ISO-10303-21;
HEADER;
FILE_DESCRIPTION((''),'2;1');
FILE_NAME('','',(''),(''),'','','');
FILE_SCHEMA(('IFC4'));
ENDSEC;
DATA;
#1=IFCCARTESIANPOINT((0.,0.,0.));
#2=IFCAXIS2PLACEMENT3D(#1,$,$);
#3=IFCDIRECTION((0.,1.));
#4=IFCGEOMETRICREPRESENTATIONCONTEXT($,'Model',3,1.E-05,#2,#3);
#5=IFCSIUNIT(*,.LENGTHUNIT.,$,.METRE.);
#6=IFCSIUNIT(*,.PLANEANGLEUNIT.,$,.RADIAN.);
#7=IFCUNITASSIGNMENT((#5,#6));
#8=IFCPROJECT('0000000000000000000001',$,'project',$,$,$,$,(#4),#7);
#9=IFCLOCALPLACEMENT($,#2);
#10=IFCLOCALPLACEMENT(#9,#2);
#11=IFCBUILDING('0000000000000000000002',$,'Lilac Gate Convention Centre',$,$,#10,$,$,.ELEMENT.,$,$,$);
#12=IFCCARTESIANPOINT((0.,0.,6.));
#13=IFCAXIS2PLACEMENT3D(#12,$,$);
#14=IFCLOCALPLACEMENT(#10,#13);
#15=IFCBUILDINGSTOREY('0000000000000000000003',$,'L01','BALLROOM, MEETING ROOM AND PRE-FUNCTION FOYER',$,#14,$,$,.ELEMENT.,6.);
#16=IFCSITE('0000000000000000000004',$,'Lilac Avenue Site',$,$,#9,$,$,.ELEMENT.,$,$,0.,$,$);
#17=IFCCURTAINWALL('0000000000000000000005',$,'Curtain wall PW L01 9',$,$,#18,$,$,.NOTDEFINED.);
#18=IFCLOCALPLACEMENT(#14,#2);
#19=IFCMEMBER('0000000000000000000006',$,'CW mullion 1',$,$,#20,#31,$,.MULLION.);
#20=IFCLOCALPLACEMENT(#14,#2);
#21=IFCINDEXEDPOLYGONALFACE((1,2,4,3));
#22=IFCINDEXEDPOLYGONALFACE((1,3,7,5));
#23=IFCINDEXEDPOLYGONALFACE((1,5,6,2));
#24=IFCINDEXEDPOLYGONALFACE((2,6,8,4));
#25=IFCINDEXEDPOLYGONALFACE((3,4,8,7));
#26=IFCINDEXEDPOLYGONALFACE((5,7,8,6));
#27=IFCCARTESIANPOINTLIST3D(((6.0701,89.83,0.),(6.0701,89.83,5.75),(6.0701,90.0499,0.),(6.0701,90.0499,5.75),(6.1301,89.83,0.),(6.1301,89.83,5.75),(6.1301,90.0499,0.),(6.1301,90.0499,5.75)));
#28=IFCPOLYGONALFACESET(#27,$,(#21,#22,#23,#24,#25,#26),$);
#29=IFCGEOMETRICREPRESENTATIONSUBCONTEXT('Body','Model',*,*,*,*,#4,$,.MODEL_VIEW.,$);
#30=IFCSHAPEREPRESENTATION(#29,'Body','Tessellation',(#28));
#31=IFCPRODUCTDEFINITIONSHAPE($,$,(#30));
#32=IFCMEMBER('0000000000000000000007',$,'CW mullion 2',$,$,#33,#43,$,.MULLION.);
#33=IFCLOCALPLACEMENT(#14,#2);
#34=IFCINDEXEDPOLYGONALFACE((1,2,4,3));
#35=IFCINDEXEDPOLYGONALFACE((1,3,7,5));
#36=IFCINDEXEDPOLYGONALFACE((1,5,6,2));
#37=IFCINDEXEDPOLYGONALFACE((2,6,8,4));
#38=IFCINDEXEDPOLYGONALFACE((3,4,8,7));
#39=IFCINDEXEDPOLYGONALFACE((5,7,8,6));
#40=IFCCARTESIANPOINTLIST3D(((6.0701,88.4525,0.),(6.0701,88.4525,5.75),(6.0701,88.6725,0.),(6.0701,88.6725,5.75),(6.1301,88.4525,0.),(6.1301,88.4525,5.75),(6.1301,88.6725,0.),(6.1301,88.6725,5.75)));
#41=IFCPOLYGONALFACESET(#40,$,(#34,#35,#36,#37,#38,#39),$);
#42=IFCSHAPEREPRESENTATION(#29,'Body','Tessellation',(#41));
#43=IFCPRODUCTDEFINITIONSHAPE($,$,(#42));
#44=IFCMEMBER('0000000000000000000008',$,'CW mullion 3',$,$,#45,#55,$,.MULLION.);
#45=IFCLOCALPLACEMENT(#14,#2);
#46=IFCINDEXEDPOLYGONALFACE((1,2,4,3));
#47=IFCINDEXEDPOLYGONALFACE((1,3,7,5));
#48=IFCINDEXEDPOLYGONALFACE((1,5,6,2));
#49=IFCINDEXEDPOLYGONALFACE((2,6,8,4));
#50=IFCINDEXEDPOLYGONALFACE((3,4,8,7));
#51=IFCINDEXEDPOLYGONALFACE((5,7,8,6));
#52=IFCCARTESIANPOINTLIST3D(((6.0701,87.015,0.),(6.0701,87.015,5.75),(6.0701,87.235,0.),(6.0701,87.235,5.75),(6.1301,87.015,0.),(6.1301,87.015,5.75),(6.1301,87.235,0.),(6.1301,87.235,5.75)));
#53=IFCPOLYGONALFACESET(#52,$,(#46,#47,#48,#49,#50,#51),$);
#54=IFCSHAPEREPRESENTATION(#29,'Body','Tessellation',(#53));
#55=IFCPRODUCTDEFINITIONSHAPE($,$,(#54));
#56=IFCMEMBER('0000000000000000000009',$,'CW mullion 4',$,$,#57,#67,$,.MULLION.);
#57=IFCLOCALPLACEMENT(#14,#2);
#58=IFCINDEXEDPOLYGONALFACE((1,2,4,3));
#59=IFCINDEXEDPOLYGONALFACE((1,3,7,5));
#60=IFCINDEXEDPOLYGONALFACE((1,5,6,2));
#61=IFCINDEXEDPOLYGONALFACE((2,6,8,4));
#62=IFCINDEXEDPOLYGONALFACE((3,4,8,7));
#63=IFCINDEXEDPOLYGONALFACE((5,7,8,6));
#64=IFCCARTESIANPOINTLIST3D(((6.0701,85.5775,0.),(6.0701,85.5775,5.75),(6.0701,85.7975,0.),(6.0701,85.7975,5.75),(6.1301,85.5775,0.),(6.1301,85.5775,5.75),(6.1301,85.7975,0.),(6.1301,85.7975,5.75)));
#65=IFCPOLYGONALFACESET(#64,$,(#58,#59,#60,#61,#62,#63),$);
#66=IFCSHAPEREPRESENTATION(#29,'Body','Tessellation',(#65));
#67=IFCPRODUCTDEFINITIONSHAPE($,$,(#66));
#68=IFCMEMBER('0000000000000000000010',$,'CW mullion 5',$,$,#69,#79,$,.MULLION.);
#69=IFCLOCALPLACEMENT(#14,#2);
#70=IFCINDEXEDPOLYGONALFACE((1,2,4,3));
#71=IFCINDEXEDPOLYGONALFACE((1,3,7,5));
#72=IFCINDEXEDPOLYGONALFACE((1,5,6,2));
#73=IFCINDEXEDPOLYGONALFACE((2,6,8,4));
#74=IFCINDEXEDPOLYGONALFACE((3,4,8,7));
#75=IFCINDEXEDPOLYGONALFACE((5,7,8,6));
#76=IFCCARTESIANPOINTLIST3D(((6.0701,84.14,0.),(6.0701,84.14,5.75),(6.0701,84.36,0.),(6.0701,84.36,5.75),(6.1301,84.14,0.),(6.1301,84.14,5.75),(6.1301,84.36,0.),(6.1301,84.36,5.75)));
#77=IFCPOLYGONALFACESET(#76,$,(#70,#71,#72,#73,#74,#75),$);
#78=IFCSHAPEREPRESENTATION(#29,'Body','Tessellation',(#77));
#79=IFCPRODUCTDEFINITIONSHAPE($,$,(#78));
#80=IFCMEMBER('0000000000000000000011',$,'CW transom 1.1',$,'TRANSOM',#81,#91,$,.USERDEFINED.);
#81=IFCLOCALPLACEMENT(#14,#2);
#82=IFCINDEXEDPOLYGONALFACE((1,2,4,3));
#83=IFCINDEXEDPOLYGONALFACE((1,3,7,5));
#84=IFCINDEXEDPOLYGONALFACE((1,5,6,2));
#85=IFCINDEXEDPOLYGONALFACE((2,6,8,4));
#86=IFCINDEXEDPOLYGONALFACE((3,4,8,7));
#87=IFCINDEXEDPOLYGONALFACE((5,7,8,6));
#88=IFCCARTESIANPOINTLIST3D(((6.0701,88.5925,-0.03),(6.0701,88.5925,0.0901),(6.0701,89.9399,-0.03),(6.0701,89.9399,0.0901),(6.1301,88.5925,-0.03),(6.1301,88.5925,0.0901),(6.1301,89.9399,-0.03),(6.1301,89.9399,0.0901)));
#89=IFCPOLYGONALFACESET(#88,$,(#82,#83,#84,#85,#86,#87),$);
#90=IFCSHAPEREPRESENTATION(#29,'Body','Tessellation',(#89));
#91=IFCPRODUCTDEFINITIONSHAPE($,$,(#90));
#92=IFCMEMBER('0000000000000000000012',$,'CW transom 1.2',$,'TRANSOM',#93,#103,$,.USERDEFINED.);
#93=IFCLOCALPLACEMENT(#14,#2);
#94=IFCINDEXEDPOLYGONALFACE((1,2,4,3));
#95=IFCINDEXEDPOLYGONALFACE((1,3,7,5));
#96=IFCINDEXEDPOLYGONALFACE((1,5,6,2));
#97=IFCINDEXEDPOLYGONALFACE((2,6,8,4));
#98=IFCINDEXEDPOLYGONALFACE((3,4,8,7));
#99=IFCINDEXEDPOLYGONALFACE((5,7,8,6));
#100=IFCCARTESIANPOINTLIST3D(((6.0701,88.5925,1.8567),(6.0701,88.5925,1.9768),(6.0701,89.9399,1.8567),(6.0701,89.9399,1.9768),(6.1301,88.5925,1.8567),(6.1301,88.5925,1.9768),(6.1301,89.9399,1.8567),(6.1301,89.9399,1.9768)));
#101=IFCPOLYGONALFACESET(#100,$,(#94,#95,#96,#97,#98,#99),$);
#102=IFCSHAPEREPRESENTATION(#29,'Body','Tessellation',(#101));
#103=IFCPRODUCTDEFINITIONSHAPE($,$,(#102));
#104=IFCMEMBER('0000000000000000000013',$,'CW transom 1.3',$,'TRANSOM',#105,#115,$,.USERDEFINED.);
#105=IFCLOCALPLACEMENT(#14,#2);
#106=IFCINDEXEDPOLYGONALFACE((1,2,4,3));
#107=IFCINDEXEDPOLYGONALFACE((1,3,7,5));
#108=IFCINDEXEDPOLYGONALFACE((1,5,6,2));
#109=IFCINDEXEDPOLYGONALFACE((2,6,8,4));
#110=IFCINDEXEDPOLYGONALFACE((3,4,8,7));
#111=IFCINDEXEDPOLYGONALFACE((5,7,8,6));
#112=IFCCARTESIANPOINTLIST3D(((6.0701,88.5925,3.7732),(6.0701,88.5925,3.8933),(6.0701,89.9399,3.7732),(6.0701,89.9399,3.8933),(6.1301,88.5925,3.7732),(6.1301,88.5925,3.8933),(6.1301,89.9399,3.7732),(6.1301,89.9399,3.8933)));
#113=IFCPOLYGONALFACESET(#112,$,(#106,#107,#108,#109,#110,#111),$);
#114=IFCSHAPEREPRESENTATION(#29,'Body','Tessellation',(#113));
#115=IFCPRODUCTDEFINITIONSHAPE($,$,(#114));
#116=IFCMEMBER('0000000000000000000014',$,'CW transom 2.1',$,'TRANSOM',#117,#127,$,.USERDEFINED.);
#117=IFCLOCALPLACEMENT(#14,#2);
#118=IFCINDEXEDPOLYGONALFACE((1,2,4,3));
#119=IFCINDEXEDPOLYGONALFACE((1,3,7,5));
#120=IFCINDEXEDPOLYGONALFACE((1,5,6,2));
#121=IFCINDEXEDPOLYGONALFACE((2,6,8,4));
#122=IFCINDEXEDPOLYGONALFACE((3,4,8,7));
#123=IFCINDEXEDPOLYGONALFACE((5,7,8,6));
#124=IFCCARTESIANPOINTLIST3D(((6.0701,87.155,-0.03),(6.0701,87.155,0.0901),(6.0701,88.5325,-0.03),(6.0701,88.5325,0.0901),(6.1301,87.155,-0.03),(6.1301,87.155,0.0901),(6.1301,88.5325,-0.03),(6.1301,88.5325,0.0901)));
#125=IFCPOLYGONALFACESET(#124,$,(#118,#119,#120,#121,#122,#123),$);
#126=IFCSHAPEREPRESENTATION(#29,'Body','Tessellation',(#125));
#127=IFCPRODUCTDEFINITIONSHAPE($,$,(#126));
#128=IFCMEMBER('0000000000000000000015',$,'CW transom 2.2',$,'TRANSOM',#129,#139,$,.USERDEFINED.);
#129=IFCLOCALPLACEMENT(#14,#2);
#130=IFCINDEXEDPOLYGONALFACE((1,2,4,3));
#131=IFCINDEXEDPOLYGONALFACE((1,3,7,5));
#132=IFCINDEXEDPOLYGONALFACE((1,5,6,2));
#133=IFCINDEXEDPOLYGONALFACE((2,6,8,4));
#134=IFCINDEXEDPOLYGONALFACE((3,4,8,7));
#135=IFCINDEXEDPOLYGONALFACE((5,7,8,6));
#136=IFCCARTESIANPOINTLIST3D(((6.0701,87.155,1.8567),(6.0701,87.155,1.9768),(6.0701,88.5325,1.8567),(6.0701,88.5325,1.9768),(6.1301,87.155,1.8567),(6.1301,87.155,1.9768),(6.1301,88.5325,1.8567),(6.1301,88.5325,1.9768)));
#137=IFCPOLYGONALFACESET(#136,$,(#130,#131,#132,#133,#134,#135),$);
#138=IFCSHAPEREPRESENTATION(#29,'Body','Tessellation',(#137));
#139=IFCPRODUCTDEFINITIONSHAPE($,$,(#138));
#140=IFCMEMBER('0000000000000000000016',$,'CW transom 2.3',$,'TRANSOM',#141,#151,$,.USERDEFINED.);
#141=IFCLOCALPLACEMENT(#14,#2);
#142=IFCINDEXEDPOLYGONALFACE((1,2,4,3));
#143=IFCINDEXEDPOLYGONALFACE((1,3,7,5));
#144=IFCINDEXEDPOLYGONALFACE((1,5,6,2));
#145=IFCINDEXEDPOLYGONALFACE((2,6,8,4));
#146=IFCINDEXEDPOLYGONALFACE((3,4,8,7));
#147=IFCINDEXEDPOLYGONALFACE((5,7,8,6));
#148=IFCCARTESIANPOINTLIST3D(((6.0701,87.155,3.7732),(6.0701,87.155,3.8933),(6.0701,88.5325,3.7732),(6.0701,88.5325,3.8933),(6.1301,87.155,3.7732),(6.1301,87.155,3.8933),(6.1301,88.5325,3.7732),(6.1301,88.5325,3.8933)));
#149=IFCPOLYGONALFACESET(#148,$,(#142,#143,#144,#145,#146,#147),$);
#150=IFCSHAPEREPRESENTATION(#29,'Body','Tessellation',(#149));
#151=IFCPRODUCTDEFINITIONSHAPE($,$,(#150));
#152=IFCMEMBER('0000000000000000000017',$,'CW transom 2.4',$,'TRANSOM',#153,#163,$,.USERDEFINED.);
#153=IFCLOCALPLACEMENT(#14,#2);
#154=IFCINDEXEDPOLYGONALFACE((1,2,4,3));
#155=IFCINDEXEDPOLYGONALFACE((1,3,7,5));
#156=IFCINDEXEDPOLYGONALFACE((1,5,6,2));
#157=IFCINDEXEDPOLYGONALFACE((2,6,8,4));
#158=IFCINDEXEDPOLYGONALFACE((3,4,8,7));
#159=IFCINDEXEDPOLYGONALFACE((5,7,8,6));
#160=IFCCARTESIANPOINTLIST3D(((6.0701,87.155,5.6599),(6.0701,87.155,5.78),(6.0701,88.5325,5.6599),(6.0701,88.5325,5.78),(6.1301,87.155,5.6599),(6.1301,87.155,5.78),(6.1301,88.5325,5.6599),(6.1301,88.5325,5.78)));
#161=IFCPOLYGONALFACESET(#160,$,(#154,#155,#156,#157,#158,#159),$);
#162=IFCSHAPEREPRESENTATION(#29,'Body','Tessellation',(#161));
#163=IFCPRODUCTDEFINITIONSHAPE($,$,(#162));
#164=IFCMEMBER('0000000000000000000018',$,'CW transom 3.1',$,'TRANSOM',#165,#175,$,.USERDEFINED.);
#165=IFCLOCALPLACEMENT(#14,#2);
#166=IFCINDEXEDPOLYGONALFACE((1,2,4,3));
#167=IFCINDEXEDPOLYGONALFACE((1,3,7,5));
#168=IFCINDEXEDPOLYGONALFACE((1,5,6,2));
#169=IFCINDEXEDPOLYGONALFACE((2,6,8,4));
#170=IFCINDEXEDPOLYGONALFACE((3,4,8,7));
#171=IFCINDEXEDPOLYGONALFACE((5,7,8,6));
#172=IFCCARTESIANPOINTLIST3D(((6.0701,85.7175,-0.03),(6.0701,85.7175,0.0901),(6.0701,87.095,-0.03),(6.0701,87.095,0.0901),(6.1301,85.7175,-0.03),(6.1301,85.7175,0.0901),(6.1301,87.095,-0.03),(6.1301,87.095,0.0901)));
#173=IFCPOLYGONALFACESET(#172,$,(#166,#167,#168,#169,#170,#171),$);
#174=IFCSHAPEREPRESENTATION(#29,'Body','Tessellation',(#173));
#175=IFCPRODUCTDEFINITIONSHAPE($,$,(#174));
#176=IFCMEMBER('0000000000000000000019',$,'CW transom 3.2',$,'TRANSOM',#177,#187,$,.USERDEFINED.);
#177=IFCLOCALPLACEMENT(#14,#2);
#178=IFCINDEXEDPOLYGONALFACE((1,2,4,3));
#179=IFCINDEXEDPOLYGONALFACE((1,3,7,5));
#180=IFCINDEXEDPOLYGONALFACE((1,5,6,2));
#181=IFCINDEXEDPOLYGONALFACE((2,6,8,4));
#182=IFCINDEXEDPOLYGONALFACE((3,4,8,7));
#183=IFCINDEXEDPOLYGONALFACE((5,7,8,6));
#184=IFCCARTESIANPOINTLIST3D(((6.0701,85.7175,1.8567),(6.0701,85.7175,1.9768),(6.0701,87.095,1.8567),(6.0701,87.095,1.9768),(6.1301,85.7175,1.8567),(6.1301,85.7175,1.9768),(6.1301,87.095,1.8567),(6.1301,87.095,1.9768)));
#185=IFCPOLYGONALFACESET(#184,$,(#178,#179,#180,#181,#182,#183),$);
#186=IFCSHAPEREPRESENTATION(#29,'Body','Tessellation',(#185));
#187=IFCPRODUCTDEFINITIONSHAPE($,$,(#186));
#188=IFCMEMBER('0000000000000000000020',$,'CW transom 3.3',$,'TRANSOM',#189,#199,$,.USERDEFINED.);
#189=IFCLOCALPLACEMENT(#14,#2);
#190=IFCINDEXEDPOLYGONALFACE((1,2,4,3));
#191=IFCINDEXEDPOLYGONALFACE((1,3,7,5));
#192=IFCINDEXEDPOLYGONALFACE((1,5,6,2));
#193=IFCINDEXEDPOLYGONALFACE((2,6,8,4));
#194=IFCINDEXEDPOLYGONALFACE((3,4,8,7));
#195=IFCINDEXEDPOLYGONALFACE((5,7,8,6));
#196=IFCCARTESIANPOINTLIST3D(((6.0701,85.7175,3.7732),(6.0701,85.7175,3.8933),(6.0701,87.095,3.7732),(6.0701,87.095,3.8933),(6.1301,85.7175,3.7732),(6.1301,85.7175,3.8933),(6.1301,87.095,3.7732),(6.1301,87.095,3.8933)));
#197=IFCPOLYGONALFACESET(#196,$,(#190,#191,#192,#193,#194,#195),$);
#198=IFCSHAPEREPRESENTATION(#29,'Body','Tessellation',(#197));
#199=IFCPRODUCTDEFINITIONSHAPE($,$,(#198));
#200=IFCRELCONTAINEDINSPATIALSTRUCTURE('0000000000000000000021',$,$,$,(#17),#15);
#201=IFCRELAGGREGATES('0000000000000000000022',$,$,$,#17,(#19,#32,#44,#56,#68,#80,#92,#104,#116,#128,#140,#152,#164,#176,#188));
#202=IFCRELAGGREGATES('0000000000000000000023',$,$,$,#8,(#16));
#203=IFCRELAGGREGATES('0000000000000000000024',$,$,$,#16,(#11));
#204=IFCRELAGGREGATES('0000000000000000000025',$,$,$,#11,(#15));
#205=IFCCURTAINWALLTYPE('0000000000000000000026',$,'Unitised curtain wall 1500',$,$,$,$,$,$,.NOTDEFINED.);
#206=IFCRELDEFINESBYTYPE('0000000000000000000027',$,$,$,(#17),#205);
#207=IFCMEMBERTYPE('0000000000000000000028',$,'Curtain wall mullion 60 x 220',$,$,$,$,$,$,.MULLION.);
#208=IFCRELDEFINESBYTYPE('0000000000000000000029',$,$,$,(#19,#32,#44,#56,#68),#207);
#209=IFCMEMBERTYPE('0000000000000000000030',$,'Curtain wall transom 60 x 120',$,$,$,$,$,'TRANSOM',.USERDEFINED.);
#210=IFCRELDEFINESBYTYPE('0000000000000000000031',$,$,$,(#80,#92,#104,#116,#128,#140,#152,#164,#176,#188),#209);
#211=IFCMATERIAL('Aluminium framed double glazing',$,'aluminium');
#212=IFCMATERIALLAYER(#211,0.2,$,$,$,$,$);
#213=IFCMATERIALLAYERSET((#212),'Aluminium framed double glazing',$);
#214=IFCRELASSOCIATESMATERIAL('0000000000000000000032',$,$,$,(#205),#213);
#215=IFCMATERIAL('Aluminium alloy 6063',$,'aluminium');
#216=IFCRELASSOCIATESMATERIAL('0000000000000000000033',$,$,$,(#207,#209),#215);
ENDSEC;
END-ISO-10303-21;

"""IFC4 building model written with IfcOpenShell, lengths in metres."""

from ifc_helpers import new_model, si_unit, direction, frame, origin, origin_2d, place, context, subcontext, project, spatial, rectangle, extrude, material, layer, layer_set, material_profile, profile_set, type_object, element, aggregate, save


model = new_model("IFC4")

# Units and contexts
model_context = context("Model", 3, precision=1e-05, world=origin(), true_north=direction((0.0, 1.0)))
body_context = subcontext(model_context, "Body", "Model", "MODEL_VIEW")
ifc_project = project(units=[si_unit("LENGTHUNIT", "METRE"), si_unit("PLANEANGLEUNIT", "RADIAN")], contexts=[model_context])

# Site, building, storey
site_placement = place(None, origin())
site = spatial("IfcSite", under=ifc_project, at=site_placement, Name="Lilac Avenue Site", CompositionType="ELEMENT", RefElevation=0.0)
building_placement = place(site_placement, origin())
building = spatial("IfcBuilding", under=site, at=building_placement, Name="Lilac Gate Convention Centre", CompositionType="ELEMENT")
storey_placement = place(building_placement, frame((0.0, 0.0, 6.0)))
storey = spatial("IfcBuildingStorey", under=building, at=storey_placement, Name="L01", Description="BALLROOM, MEETING ROOM AND PRE-FUNCTION FOYER", CompositionType="ELEMENT", Elevation=6.0)

# Curtain wall, members
ifc_material_1 = material(Name="Aluminium framed double glazing", Category="aluminium")
ifc_layer_1 = layer(ifc_material_1, 0.2)
ifc_layer_set_1 = layer_set([ifc_layer_1], Name="Aluminium framed double glazing")
curtain_wall_type = type_object("IfcCurtainWallType", Name="Unitised curtain wall 1500", PredefinedType="NOTDEFINED", material=ifc_layer_set_1)
curtain_wall_placement = place(storey_placement, origin())
curtain_wall = element("IfcCurtainWall", 1, at=curtain_wall_placement, inside=storey, type_object=curtain_wall_type, Name="Curtain wall PW L01 9", PredefinedType="NOTDEFINED")
ifc_material_2 = material(Name="Aluminium alloy 6063", Category="aluminium")
ifc_material_profile_1 = material_profile(ifc_material_2, rectangle(XDim=0.0601, YDim=0.22, at=origin_2d()), Name="Curtain wall mullion 60 x 220")
ifc_profile_set_1 = profile_set([ifc_material_profile_1], Name="Aluminium alloy 6063")
member_type_1 = type_object("IfcMemberType", Name="Curtain wall mullion 60 x 220", PredefinedType="MULLION", material=ifc_profile_set_1)
member_1_placement = place(storey_placement, frame((6.1001, 89.9399, 0.0), z_axis=(0.0, 0.0, 1.0), x_axis=(1.0, 0.0, 0.0)))
member_1 = element("IfcMember", 2, at=member_1_placement, type_object=member_type_1, Name="CW mullion 1", PredefinedType="MULLION", context=body_context, shape_type="SweptSolid", body=[
    extrude(rectangle(XDim=0.0601, YDim=0.22, at=origin_2d()), origin(), (0.0, 0.0, 1.0), 5.75),
])
member_2_placement = place(storey_placement, frame((6.1001, 88.5625, 0.0), z_axis=(0.0, 0.0, 1.0), x_axis=(1.0, 0.0, 0.0)))
member_2 = element("IfcMember", 3, at=member_2_placement, type_object=member_type_1, Name="CW mullion 2", PredefinedType="MULLION", context=body_context, shape_type="SweptSolid", body=[
    extrude(rectangle(XDim=0.0601, YDim=0.22, at=origin_2d()), origin(), (0.0, 0.0, 1.0), 5.75),
])
member_3_placement = place(storey_placement, frame((6.1001, 87.125, 0.0), z_axis=(0.0, 0.0, 1.0), x_axis=(1.0, 0.0, 0.0)))
member_3 = element("IfcMember", 4, at=member_3_placement, type_object=member_type_1, Name="CW mullion 3", PredefinedType="MULLION", context=body_context, shape_type="SweptSolid", body=[
    extrude(rectangle(XDim=0.0601, YDim=0.22, at=origin_2d()), origin(), (0.0, 0.0, 1.0), 5.75),
])
member_4_placement = place(storey_placement, frame((6.1001, 85.6875, 0.0), z_axis=(0.0, 0.0, 1.0), x_axis=(1.0, 0.0, 0.0)))
member_4 = element("IfcMember", 5, at=member_4_placement, type_object=member_type_1, Name="CW mullion 4", PredefinedType="MULLION", context=body_context, shape_type="SweptSolid", body=[
    extrude(rectangle(XDim=0.0601, YDim=0.22, at=origin_2d()), origin(), (0.0, 0.0, 1.0), 5.75),
])
member_5_placement = place(storey_placement, frame((6.1001, 84.25, 0.0), z_axis=(0.0, 0.0, 1.0), x_axis=(1.0, 0.0, 0.0)))
member_5 = element("IfcMember", 6, at=member_5_placement, type_object=member_type_1, Name="CW mullion 5", PredefinedType="MULLION", context=body_context, shape_type="SweptSolid", body=[
    extrude(rectangle(XDim=0.0601, YDim=0.22, at=origin_2d()), origin(), (0.0, 0.0, 1.0), 5.75),
])
ifc_material_profile_2 = material_profile(ifc_material_2, rectangle(XDim=0.0601, YDim=0.1201, at=origin_2d()), Name="Curtain wall transom 60 x 120")
ifc_profile_set_2 = profile_set([ifc_material_profile_2], Name="Aluminium alloy 6063")
member_type_2 = type_object("IfcMemberType", Name="Curtain wall transom 60 x 120", ElementType="TRANSOM", PredefinedType="USERDEFINED", material=ifc_profile_set_2)
member_6_placement = place(storey_placement, frame((6.1001, 89.9399, 0.03), z_axis=(0.0, -1.0, 0.0), x_axis=(1.0, 0.0, 0.0)))
member_6 = element("IfcMember", 7, at=member_6_placement, type_object=member_type_2, Name="CW transom 1.1", ObjectType="TRANSOM", PredefinedType="USERDEFINED", context=body_context, shape_type="SweptSolid", body=[
    extrude(rectangle(XDim=0.0601, YDim=0.1201, at=origin_2d()), origin(), (0.0, 0.0, 1.0), 1.3474),
])
member_7_placement = place(storey_placement, frame((6.1001, 89.9399, 1.9167), z_axis=(0.0, -1.0, 0.0), x_axis=(1.0, 0.0, 0.0)))
member_7 = element("IfcMember", 8, at=member_7_placement, type_object=member_type_2, Name="CW transom 1.2", ObjectType="TRANSOM", PredefinedType="USERDEFINED", context=body_context, shape_type="SweptSolid", body=[
    extrude(rectangle(XDim=0.0601, YDim=0.1201, at=origin_2d()), origin(), (0.0, 0.0, 1.0), 1.3474),
])
member_8_placement = place(storey_placement, frame((6.1001, 89.9399, 3.8333), z_axis=(0.0, -1.0, 0.0), x_axis=(1.0, 0.0, 0.0)))
member_8 = element("IfcMember", 9, at=member_8_placement, type_object=member_type_2, Name="CW transom 1.3", ObjectType="TRANSOM", PredefinedType="USERDEFINED", context=body_context, shape_type="SweptSolid", body=[
    extrude(rectangle(XDim=0.0601, YDim=0.1201, at=origin_2d()), origin(), (0.0, 0.0, 1.0), 1.3474),
])
member_9_placement = place(storey_placement, frame((6.1001, 88.5325, 0.03), z_axis=(0.0, -1.0, 0.0), x_axis=(1.0, 0.0, 0.0)))
member_9 = element("IfcMember", 10, at=member_9_placement, type_object=member_type_2, Name="CW transom 2.1", ObjectType="TRANSOM", PredefinedType="USERDEFINED", context=body_context, shape_type="SweptSolid", body=[
    extrude(rectangle(XDim=0.0601, YDim=0.1201, at=origin_2d()), origin(), (0.0, 0.0, 1.0), 1.3774),
])
member_10_placement = place(storey_placement, frame((6.1001, 88.5325, 1.9167), z_axis=(0.0, -1.0, 0.0), x_axis=(1.0, 0.0, 0.0)))
member_10 = element("IfcMember", 11, at=member_10_placement, type_object=member_type_2, Name="CW transom 2.2", ObjectType="TRANSOM", PredefinedType="USERDEFINED", context=body_context, shape_type="SweptSolid", body=[
    extrude(rectangle(XDim=0.0601, YDim=0.1201, at=origin_2d()), origin(), (0.0, 0.0, 1.0), 1.3774),
])
member_11_placement = place(storey_placement, frame((6.1001, 88.5325, 3.8333), z_axis=(0.0, -1.0, 0.0), x_axis=(1.0, 0.0, 0.0)))
member_11 = element("IfcMember", 12, at=member_11_placement, type_object=member_type_2, Name="CW transom 2.3", ObjectType="TRANSOM", PredefinedType="USERDEFINED", context=body_context, shape_type="SweptSolid", body=[
    extrude(rectangle(XDim=0.0601, YDim=0.1201, at=origin_2d()), origin(), (0.0, 0.0, 1.0), 1.3774),
])
member_12_placement = place(storey_placement, frame((6.1001, 88.5325, 5.72), z_axis=(0.0, -1.0, 0.0), x_axis=(1.0, 0.0, 0.0)))
member_12 = element("IfcMember", 13, at=member_12_placement, type_object=member_type_2, Name="CW transom 2.4", ObjectType="TRANSOM", PredefinedType="USERDEFINED", context=body_context, shape_type="SweptSolid", body=[
    extrude(rectangle(XDim=0.0601, YDim=0.1201, at=origin_2d()), origin(), (0.0, 0.0, 1.0), 1.3774),
])
member_13_placement = place(storey_placement, frame((6.1001, 87.095, 0.03), z_axis=(0.0, -1.0, 0.0), x_axis=(1.0, 0.0, 0.0)))
member_13 = element("IfcMember", 14, at=member_13_placement, type_object=member_type_2, Name="CW transom 3.1", ObjectType="TRANSOM", PredefinedType="USERDEFINED", context=body_context, shape_type="SweptSolid", body=[
    extrude(rectangle(XDim=0.0601, YDim=0.1201, at=origin_2d()), origin(), (0.0, 0.0, 1.0), 1.3774),
])
member_14_placement = place(storey_placement, frame((6.1001, 87.095, 1.9167), z_axis=(0.0, -1.0, 0.0), x_axis=(1.0, 0.0, 0.0)))
member_14 = element("IfcMember", 15, at=member_14_placement, type_object=member_type_2, Name="CW transom 3.2", ObjectType="TRANSOM", PredefinedType="USERDEFINED", context=body_context, shape_type="SweptSolid", body=[
    extrude(rectangle(XDim=0.0601, YDim=0.1201, at=origin_2d()), origin(), (0.0, 0.0, 1.0), 1.3774),
])
member_15_placement = place(storey_placement, frame((6.1001, 87.095, 3.8333), z_axis=(0.0, -1.0, 0.0), x_axis=(1.0, 0.0, 0.0)))
member_15 = element("IfcMember", 16, at=member_15_placement, type_object=member_type_2, Name="CW transom 3.3", ObjectType="TRANSOM", PredefinedType="USERDEFINED", context=body_context, shape_type="SweptSolid", body=[
    extrude(rectangle(XDim=0.0601, YDim=0.1201, at=origin_2d()), origin(), (0.0, 0.0, 1.0), 1.3774),
])
aggregate(curtain_wall, [member_1, member_2, member_3, member_4, member_5, member_6, member_7, member_8, member_9, member_10, member_11, member_12, member_13, member_14, member_15])

save(model, "model.ifc")
